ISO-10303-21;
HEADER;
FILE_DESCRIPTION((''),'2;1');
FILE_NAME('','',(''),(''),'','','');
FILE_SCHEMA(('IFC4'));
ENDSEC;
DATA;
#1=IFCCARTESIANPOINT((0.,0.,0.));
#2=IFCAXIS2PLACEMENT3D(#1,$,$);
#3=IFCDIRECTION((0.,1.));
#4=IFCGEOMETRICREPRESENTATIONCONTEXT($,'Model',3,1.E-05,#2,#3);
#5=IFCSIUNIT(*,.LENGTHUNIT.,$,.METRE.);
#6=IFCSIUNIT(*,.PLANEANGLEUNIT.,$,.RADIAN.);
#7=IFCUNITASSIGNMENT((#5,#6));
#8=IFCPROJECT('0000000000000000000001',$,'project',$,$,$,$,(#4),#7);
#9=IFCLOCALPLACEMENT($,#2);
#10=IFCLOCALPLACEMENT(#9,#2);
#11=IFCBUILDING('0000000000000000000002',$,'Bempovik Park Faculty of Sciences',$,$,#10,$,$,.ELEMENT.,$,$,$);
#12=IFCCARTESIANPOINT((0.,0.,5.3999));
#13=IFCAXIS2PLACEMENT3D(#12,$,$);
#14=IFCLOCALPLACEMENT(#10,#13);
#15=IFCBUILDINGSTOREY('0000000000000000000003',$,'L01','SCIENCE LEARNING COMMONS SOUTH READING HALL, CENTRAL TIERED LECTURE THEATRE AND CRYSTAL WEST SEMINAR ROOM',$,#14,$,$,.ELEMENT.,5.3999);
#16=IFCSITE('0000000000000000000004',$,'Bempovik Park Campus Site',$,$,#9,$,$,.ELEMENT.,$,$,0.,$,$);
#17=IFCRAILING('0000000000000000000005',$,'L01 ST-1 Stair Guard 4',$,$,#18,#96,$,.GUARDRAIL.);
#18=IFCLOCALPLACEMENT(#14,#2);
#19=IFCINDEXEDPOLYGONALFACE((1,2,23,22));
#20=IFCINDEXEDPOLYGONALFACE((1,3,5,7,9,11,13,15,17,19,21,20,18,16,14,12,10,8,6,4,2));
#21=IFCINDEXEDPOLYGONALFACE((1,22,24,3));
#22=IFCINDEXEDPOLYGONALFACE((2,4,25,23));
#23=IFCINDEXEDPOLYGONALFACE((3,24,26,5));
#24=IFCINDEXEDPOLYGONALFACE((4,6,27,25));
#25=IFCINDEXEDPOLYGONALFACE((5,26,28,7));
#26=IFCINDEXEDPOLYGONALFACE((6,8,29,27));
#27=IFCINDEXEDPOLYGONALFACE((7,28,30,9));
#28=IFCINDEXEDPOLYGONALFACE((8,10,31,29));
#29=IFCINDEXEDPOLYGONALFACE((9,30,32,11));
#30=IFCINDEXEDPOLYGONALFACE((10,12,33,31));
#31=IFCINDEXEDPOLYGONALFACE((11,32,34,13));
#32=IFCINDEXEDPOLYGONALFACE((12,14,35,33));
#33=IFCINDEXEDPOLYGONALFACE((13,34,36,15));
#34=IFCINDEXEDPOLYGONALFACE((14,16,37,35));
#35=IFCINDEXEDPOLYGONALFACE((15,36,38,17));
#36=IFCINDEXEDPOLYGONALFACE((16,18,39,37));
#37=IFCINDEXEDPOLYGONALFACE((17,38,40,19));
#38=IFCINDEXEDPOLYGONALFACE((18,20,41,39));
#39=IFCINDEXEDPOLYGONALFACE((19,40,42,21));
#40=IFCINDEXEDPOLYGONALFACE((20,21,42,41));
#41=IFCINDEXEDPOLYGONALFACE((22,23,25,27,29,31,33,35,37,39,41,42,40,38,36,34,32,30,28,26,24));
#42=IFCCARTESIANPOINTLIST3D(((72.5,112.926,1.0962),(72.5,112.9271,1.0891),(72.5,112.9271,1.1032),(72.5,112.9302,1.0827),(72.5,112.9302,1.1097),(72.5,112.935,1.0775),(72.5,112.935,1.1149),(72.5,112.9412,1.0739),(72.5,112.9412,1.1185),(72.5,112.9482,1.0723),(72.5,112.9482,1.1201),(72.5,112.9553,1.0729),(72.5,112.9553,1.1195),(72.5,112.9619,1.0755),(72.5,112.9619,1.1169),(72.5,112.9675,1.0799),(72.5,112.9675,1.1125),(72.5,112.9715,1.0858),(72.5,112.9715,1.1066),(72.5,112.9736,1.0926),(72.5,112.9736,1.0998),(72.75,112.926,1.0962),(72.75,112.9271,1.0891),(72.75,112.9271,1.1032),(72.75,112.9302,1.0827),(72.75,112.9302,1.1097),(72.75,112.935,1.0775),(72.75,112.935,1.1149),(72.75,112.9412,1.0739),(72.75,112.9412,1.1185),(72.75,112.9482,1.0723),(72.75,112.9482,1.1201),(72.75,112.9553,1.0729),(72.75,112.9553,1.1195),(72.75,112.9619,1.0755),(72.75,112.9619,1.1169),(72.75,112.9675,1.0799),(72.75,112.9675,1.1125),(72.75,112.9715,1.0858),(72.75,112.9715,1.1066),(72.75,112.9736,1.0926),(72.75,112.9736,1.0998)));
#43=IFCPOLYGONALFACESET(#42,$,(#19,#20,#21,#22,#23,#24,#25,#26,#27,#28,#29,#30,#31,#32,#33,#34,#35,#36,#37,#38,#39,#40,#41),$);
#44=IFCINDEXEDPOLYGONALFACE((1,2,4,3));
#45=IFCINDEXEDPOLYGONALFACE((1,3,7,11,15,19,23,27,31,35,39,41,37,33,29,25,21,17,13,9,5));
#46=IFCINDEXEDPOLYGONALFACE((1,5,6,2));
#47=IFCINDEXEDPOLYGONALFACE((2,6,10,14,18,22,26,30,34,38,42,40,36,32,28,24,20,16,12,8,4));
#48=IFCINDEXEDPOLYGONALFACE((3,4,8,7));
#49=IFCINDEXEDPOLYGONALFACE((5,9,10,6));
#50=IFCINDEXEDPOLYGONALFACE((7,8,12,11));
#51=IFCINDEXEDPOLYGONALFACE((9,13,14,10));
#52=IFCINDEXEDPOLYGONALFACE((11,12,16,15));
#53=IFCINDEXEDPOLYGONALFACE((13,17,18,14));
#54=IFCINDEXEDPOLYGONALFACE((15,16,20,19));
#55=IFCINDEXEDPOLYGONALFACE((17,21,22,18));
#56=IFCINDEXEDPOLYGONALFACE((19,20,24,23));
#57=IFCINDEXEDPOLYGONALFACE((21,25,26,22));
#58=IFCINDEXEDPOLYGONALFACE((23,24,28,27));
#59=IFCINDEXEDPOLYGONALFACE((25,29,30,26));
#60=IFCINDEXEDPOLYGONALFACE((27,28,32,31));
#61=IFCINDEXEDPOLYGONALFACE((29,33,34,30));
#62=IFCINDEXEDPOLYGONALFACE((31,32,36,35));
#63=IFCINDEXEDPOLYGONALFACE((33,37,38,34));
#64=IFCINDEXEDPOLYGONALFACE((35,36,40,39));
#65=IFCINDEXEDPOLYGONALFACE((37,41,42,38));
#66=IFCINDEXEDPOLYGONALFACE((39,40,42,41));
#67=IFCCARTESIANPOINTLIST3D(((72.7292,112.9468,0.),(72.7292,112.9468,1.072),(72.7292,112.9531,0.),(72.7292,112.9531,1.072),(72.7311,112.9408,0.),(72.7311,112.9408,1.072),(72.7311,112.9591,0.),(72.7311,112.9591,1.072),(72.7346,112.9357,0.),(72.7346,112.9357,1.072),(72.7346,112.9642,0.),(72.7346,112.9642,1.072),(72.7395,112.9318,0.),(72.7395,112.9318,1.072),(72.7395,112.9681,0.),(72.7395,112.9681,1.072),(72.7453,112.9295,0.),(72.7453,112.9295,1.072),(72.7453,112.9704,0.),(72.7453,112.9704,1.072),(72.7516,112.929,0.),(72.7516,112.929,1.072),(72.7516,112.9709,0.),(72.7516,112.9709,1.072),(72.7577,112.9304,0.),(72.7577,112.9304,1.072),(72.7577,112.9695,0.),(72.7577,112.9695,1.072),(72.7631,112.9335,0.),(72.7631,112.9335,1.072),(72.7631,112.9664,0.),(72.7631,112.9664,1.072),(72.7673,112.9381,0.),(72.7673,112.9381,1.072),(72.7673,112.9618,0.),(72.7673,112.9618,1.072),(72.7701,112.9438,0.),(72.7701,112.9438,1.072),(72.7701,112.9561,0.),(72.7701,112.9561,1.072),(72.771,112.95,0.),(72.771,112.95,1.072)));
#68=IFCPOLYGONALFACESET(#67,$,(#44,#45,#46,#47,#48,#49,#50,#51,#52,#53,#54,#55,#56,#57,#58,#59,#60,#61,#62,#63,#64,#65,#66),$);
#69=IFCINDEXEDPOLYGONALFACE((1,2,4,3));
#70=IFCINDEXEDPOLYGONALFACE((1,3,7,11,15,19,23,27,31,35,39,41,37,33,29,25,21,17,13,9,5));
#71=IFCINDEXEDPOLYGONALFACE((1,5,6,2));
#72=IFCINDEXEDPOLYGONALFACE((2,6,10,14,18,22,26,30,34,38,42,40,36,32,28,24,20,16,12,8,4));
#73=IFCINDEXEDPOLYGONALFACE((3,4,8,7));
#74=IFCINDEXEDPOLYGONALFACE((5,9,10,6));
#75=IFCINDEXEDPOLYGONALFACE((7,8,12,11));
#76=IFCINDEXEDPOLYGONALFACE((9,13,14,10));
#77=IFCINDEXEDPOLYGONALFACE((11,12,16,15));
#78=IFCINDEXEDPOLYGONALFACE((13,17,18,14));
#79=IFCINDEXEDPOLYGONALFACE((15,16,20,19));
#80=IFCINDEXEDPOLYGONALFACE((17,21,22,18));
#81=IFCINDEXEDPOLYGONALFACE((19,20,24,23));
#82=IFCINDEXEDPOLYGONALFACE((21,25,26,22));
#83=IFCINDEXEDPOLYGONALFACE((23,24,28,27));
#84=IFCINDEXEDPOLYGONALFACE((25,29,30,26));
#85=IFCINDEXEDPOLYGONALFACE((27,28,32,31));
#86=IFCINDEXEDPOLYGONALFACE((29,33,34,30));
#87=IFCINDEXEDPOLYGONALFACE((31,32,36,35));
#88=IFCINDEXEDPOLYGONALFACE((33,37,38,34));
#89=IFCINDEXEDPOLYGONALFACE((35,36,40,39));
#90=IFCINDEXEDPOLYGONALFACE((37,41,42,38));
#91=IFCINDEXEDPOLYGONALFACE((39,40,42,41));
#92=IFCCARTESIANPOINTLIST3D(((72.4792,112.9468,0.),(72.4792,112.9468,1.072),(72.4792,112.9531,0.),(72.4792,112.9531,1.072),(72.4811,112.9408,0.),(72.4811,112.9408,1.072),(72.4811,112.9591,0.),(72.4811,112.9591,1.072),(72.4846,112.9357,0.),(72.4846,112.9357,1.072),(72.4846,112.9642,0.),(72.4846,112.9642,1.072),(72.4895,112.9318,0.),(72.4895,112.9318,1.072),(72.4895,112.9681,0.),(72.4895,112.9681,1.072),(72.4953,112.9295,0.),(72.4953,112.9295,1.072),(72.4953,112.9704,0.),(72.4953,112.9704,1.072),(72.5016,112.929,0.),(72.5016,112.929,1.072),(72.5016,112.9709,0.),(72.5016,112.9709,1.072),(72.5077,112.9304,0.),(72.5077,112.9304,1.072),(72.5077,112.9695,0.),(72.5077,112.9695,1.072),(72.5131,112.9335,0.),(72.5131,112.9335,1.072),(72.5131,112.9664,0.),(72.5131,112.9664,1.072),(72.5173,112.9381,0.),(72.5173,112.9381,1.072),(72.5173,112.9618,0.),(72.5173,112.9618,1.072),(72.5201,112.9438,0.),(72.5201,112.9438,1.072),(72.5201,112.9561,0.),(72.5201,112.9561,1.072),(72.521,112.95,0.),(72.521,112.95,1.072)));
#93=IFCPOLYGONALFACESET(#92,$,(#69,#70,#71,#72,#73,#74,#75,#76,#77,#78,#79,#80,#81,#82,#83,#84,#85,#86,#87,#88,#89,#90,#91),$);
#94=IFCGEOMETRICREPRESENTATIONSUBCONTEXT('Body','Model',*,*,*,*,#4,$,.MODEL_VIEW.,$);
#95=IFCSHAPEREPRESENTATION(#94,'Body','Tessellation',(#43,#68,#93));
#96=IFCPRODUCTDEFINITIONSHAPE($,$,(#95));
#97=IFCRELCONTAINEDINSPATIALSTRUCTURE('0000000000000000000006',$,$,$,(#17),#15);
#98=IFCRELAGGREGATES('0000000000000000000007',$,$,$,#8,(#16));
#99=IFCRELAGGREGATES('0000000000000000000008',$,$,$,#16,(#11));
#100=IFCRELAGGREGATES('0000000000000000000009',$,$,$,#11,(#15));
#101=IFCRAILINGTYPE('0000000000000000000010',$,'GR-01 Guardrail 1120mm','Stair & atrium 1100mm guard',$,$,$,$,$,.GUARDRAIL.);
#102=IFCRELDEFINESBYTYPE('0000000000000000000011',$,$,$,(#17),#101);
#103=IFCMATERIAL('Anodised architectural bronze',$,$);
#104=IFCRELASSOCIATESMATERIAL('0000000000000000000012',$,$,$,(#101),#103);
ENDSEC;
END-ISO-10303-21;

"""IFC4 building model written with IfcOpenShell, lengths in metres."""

from ifc_helpers import new_model, si_unit, direction, frame, origin, origin_2d, place, context, subcontext, project, spatial, circle, extrude, material, type_object, element, save


model = new_model("IFC4")

# Units and contexts
model_context = context("Model", 3, precision=1e-05, world=origin(), true_north=direction((0.0, 1.0)))
body_context = subcontext(model_context, "Body", "Model", "MODEL_VIEW")
ifc_project = project(units=[si_unit("LENGTHUNIT", "METRE"), si_unit("PLANEANGLEUNIT", "RADIAN")], contexts=[model_context])

# Site, building, storey
site_placement = place(None, origin())
site = spatial("IfcSite", under=ifc_project, at=site_placement, Name="Bempovik Park Campus Site", CompositionType="ELEMENT", RefElevation=0.0)
building_placement = place(site_placement, origin())
building = spatial("IfcBuilding", under=site, at=building_placement, Name="Bempovik Park Faculty of Sciences", CompositionType="ELEMENT")
storey_placement = place(building_placement, frame((0.0, 0.0, 5.3999)))
storey = spatial("IfcBuildingStorey", under=building, at=storey_placement, Name="L01", Description="SCIENCE LEARNING COMMONS SOUTH READING HALL, CENTRAL TIERED LECTURE THEATRE AND CRYSTAL WEST SEMINAR ROOM", CompositionType="ELEMENT", Elevation=5.3999)

# Railing
ifc_material_1 = material(Name="Anodised architectural bronze")
railing_type_1 = type_object("IfcRailingType", Name="GR-01 Guardrail 1120mm", Description="Stair & atrium 1100mm guard", PredefinedType="GUARDRAIL", material=ifc_material_1)
railing_1_placement = place(storey_placement, frame((72.75, 112.95, 0.0)))
element("IfcRailing", 1, at=railing_1_placement, inside=storey, type_object=railing_type_1, Name="L01 ST-1 Stair Guard 4", PredefinedType="GUARDRAIL", context=body_context, shape_type="SweptSolid", body=[
    extrude(circle(Radius=0.0239, at=origin_2d()), frame((0.0, 0.0, 1.0962), z_axis=(-1.0, 0.0, 0.0), x_axis=(0.0, -1.0, 0.0)), (0.0, 0.0, 1.0), 0.25),
    extrude(circle(Radius=0.021, at=origin_2d()), origin(), (0.0, 0.0, 1.0), 1.072),
    extrude(circle(Radius=0.021, at=origin_2d()), frame((-0.25, 0.0, 0.0)), (0.0, 0.0, 1.0), 1.072),
])

save(model, "model.ifc")
